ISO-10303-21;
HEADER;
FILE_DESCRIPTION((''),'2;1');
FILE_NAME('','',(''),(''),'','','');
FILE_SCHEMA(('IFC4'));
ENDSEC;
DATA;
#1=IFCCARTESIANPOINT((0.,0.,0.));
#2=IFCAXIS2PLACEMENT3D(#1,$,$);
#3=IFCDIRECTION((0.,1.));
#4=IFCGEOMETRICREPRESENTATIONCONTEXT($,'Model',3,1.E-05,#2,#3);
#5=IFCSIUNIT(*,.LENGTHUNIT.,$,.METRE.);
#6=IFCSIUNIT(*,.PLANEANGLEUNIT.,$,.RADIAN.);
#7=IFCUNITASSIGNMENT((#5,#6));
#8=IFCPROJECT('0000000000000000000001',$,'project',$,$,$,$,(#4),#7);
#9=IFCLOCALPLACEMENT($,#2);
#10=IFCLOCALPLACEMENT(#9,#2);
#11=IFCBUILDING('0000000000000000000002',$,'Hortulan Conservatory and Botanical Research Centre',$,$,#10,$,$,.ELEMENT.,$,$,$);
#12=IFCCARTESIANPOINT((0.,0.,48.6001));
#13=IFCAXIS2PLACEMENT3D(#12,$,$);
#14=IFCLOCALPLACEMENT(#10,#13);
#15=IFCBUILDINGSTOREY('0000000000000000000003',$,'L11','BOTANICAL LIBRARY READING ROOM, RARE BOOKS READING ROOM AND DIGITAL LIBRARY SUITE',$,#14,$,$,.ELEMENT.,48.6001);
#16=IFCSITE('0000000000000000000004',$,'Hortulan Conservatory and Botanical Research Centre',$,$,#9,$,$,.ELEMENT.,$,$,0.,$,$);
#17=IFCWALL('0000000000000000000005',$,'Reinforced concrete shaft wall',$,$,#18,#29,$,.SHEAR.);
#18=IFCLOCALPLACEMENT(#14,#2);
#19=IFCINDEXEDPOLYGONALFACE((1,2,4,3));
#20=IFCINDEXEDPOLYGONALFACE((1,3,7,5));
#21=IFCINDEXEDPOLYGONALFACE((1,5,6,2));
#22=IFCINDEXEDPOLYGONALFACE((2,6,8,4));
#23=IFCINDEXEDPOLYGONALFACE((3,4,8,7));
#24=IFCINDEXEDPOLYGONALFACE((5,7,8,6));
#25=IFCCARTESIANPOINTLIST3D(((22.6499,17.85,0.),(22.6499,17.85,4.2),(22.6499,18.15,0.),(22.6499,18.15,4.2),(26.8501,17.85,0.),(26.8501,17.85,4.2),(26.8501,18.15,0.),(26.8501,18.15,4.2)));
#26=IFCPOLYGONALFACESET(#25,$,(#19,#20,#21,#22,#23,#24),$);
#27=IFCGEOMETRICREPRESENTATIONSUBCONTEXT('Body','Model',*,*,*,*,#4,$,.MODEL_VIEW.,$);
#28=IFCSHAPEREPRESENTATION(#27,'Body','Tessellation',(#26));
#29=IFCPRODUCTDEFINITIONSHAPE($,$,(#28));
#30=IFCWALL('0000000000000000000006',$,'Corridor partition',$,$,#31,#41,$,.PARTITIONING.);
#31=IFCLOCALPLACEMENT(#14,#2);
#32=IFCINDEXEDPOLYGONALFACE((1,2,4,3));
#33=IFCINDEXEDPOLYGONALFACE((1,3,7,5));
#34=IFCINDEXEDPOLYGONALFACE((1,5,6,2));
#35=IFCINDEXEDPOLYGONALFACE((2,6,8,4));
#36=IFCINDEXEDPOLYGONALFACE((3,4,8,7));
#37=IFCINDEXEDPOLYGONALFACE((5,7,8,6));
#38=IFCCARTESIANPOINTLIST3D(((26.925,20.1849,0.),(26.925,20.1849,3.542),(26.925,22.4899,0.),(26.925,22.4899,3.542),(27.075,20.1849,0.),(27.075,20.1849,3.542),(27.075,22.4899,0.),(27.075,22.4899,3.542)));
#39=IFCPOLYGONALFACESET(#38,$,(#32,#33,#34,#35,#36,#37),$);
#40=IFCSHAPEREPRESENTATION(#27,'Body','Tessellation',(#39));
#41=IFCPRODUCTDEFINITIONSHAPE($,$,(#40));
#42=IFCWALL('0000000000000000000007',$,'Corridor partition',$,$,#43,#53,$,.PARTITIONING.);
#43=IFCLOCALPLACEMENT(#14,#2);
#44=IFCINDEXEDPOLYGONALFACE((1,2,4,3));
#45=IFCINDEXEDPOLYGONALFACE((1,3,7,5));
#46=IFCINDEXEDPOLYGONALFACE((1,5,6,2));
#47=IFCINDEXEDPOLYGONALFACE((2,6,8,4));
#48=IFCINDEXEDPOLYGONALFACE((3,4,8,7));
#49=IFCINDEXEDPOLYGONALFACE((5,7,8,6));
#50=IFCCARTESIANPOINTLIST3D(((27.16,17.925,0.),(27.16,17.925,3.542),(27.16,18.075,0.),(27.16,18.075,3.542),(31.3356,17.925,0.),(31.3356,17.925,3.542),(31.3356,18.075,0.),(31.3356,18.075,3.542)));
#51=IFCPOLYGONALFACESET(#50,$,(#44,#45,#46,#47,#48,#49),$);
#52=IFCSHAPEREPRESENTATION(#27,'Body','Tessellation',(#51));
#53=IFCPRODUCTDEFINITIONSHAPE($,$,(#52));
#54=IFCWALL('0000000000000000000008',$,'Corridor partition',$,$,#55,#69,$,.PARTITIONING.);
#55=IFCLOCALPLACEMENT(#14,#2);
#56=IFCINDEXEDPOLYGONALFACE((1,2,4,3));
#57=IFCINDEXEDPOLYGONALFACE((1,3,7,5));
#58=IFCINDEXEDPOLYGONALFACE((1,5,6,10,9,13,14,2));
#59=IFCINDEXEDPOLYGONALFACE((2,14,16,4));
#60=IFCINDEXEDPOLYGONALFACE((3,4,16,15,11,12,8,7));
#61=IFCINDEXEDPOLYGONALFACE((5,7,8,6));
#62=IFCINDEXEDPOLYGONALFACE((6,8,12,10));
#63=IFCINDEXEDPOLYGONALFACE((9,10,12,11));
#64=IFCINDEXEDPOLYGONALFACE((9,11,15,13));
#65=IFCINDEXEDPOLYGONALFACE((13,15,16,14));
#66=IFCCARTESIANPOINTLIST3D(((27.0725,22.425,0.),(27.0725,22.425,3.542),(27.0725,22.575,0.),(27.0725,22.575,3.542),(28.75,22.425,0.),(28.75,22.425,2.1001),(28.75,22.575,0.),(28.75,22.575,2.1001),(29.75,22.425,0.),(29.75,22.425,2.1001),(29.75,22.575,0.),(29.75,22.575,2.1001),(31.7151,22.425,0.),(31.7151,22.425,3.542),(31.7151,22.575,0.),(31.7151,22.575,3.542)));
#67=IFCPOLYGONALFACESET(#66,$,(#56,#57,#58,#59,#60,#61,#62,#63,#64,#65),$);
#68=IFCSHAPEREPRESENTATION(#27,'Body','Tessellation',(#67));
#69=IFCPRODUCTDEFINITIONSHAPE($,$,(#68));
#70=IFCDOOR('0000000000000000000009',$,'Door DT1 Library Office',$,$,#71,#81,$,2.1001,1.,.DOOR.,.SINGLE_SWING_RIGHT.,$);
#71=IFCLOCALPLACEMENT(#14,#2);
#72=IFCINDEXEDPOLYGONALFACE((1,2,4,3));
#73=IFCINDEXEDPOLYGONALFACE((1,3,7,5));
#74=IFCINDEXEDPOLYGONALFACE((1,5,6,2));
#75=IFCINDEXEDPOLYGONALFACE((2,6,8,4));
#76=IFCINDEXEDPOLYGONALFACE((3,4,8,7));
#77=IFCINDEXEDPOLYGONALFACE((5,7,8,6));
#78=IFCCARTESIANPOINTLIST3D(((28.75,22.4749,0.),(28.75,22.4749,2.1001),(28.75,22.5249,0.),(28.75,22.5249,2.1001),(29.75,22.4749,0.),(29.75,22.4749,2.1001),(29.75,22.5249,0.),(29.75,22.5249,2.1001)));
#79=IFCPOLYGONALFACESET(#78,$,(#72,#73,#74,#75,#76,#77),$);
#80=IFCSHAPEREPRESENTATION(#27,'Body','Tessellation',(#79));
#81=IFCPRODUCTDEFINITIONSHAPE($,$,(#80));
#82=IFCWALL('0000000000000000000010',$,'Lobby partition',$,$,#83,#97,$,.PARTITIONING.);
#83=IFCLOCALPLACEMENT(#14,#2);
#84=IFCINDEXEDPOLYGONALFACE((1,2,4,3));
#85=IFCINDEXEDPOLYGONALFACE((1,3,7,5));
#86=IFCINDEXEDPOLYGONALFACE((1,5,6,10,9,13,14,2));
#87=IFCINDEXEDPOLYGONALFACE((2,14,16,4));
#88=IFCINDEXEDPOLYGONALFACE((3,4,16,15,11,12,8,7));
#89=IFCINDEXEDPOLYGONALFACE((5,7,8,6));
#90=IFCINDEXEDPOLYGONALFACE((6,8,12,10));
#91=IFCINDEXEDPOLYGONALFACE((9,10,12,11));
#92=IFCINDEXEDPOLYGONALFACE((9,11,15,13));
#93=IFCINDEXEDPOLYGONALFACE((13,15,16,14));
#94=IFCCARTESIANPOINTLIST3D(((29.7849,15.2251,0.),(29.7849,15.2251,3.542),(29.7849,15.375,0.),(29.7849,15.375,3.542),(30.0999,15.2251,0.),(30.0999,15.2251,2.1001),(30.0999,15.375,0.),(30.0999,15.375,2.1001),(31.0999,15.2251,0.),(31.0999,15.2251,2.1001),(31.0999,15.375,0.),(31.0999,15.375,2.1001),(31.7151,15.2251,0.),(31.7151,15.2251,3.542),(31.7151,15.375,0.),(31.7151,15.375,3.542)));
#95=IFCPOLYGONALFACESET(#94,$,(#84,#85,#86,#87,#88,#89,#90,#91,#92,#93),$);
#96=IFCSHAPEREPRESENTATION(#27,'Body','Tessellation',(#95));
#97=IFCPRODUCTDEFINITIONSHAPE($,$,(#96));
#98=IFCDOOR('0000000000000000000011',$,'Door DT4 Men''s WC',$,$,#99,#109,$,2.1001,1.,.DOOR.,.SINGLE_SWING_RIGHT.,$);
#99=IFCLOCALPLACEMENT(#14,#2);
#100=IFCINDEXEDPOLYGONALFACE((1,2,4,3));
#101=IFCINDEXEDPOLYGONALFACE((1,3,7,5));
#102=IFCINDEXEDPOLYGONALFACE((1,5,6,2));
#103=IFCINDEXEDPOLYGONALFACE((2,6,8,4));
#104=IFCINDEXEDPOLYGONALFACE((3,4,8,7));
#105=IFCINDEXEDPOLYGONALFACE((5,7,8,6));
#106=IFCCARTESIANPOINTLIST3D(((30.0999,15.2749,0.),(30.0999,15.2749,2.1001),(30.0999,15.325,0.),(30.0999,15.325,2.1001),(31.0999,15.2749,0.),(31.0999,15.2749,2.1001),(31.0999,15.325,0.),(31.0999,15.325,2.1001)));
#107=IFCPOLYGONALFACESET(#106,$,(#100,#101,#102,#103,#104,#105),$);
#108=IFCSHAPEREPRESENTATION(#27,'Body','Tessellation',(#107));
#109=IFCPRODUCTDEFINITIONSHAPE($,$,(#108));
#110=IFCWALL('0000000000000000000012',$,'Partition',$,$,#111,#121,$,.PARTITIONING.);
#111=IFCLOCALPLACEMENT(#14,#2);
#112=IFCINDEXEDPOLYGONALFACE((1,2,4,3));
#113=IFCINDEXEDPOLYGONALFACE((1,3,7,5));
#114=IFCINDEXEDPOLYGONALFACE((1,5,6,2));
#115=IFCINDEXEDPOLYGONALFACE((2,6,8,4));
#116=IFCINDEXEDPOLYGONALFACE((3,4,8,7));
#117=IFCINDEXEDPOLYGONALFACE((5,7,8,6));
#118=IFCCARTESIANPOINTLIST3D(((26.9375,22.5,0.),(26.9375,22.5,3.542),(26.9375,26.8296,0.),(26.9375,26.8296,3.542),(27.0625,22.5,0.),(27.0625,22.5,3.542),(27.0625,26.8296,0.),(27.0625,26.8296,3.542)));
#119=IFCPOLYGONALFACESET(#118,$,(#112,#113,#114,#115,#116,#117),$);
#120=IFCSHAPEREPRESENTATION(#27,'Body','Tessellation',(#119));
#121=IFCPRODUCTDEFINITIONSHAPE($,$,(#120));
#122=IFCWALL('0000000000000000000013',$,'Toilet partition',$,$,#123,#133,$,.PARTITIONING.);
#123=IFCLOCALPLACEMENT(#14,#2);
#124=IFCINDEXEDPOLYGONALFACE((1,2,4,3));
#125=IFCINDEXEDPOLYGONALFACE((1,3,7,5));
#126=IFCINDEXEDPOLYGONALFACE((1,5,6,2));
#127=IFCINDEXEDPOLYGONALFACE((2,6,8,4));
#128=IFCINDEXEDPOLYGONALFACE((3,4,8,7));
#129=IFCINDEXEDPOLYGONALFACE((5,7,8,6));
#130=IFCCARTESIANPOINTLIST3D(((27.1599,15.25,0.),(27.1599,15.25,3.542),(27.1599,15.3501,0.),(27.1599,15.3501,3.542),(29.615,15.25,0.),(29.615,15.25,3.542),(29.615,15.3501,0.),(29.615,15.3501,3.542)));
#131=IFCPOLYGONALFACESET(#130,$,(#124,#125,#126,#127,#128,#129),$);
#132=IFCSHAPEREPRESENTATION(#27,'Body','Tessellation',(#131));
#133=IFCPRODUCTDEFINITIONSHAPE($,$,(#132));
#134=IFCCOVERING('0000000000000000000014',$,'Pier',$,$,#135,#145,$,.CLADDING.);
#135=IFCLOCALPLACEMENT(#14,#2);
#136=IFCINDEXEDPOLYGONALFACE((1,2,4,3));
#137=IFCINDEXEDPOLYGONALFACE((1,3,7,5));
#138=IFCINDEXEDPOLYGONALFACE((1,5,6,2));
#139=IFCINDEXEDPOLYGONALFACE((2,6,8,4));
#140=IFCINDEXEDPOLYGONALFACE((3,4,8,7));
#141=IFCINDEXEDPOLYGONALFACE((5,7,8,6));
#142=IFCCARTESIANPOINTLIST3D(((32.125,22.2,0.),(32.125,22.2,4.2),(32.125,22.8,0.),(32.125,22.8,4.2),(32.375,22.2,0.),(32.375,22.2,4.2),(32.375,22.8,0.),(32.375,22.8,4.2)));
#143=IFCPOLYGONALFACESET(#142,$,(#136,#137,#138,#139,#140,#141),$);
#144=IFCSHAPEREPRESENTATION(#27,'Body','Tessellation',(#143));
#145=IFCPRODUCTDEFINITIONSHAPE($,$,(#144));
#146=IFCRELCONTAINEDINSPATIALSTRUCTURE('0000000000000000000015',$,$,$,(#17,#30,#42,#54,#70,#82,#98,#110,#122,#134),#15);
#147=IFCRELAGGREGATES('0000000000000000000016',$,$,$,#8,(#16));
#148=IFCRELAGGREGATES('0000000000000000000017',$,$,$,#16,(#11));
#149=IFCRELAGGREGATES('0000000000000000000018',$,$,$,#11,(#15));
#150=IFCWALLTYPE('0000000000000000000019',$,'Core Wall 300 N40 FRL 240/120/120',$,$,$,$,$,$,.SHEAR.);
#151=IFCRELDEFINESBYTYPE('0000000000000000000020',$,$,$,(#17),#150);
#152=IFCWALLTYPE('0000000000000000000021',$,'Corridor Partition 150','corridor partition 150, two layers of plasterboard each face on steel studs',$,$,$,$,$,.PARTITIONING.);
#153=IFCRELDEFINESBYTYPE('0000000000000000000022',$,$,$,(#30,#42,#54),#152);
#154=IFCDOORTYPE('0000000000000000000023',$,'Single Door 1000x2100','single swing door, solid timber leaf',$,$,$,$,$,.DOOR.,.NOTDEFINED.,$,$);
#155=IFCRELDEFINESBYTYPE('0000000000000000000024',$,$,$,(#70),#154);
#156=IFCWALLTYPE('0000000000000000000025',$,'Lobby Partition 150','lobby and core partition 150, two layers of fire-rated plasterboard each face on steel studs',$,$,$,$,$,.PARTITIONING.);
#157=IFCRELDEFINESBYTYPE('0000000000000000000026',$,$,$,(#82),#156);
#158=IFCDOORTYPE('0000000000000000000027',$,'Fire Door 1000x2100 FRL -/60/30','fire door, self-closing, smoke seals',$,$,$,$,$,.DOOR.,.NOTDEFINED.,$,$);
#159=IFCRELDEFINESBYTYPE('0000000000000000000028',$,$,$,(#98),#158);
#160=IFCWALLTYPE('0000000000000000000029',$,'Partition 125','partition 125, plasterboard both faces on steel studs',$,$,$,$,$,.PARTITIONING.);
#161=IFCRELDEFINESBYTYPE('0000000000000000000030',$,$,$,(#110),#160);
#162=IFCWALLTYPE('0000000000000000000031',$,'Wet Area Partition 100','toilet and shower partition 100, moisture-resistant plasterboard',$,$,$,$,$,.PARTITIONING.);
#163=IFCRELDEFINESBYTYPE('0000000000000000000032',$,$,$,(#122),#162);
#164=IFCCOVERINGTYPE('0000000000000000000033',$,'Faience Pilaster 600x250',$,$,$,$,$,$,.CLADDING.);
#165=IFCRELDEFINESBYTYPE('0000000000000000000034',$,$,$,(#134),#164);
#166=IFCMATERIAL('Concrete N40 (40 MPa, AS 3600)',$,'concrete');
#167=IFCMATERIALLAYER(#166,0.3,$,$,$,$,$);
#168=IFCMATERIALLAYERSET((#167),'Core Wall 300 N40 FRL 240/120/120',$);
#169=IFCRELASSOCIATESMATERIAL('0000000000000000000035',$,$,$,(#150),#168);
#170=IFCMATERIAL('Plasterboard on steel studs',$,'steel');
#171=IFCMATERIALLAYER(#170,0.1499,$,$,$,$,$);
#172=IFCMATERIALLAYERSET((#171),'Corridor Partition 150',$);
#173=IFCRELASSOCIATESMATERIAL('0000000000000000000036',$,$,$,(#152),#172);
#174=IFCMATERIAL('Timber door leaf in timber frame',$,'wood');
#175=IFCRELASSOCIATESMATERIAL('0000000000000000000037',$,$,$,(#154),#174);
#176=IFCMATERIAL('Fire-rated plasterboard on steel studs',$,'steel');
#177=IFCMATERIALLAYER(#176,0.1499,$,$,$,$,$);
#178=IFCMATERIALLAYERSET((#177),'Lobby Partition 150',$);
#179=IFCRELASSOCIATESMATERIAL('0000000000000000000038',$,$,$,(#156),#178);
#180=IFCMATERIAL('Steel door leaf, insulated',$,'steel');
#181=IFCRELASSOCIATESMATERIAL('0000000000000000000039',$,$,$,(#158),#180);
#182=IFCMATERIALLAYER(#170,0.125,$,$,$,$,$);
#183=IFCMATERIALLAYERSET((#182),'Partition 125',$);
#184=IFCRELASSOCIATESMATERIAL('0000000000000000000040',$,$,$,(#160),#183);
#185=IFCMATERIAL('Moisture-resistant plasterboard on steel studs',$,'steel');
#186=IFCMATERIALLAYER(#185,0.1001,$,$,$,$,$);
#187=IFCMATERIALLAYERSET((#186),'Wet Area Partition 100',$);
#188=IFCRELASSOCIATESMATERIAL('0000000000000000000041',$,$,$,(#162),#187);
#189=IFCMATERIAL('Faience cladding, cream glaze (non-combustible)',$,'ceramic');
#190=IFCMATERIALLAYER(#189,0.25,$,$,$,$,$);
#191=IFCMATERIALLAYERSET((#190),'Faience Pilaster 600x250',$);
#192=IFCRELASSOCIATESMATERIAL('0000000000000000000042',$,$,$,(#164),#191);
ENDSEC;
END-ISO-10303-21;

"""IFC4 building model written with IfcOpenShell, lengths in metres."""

from ifc_helpers import new_model, si_unit, direction, frame, frame_2d, origin, origin_2d, place, context, subcontext, project, spatial, rectangle, extrude, material, layer, layer_set, type_object, element, fill, save


model = new_model("IFC4")

# Units and contexts
model_context = context("Model", 3, precision=1e-05, world=origin(), true_north=direction((0.0, 1.0)))
body_context = subcontext(model_context, "Body", "Model", "MODEL_VIEW")
ifc_project = project(units=[si_unit("LENGTHUNIT", "METRE"), si_unit("PLANEANGLEUNIT", "RADIAN")], contexts=[model_context])

# Site, building, storey
site_placement = place(None, origin())
site = spatial("IfcSite", under=ifc_project, at=site_placement, Name="Hortulan Conservatory and Botanical Research Centre", CompositionType="ELEMENT", RefElevation=0.0)
building_placement = place(site_placement, origin())
building = spatial("IfcBuilding", under=site, at=building_placement, Name="Hortulan Conservatory and Botanical Research Centre", CompositionType="ELEMENT")
storey_placement = place(building_placement, frame((0.0, 0.0, 48.6001)))
storey = spatial("IfcBuildingStorey", under=building, at=storey_placement, Name="L11", Description="BOTANICAL LIBRARY READING ROOM, RARE BOOKS READING ROOM AND DIGITAL LIBRARY SUITE", CompositionType="ELEMENT", Elevation=48.6001)

# Walls
ifc_material_1 = material(Name="Concrete N40 (40 MPa, AS 3600)", Category="concrete")
ifc_layer_1 = layer(ifc_material_1, 0.3)
ifc_layer_set_1 = layer_set([ifc_layer_1], Name="Core Wall 300 N40 FRL 240/120/120")
wall_type_1 = type_object("IfcWallType", Name="Core Wall 300 N40 FRL 240/120/120", PredefinedType="SHEAR", material=ifc_layer_set_1)
wall_1_placement = place(storey_placement, frame((22.6499, 18.0, 0.0), z_axis=(0.0, 0.0, 1.0), x_axis=(1.0, 0.0, 0.0)))
element("IfcWall", 1, at=wall_1_placement, inside=storey, type_object=wall_type_1, Name="Reinforced concrete shaft wall", PredefinedType="SHEAR", context=body_context, shape_type="SweptSolid", body=[
    extrude(rectangle(XDim=4.2002, YDim=0.3, at=frame_2d((2.1001, 0.0))), origin(), (0.0, 0.0, 1.0), 4.2),
])
ifc_material_2 = material(Name="Plasterboard on steel studs", Category="steel")
ifc_layer_2 = layer(ifc_material_2, 0.1499)
ifc_layer_set_2 = layer_set([ifc_layer_2], Name="Corridor Partition 150")
wall_type_2 = type_object("IfcWallType", Name="Corridor Partition 150", Description="corridor partition 150, two layers of plasterboard each face on steel studs", PredefinedType="PARTITIONING", material=ifc_layer_set_2)
wall_2_placement = place(storey_placement, frame((27.0, 20.1851, 0.0), z_axis=(0.0, 0.0, 1.0), x_axis=(0.0, 1.0, 0.0)))
element("IfcWall", 2, at=wall_2_placement, inside=storey, type_object=wall_type_2, Name="Corridor partition", PredefinedType="PARTITIONING", context=body_context, shape_type="SweptSolid", body=[
    extrude(rectangle(XDim=2.3049, YDim=0.1499, at=frame_2d((1.1523, 0.0))), origin(), (0.0, 0.0, 1.0), 3.542),
])
wall_3_placement = place(storey_placement, frame((27.1599, 18.0, 0.0), z_axis=(0.0, 0.0, 1.0), x_axis=(1.0, 0.0, 0.0)))
element("IfcWall", 3, at=wall_3_placement, inside=storey, type_object=wall_type_2, Name="Corridor partition", PredefinedType="PARTITIONING", context=body_context, shape_type="SweptSolid", body=[
    extrude(rectangle(XDim=4.1755, YDim=0.1499, at=frame_2d((2.0879, 0.0))), origin(), (0.0, 0.0, 1.0), 3.542),
])

# Walls, openings, doors
wall_4_placement = place(storey_placement, frame((27.0725, 22.5, 0.0), z_axis=(0.0, 0.0, 1.0), x_axis=(1.0, 0.0, 0.0)))
wall_4 = element("IfcWall", 4, at=wall_4_placement, inside=storey, type_object=wall_type_2, Name="Corridor partition", PredefinedType="PARTITIONING", context=body_context, shape_type="SweptSolid", body=[
    extrude(rectangle(XDim=4.6426, YDim=0.1499, at=frame_2d((2.3213, 0.0))), origin(), (0.0, 0.0, 1.0), 3.542),
])
opening_1_placement = place(wall_4_placement, frame((1.6775, 0.0, 0.0)))
opening_1 = element("IfcOpeningElement", 5, at=opening_1_placement, cuts=wall_4, PredefinedType="OPENING", context=body_context, shape_type="SweptSolid", body=[
    extrude(rectangle(XDim=1.0, YDim=2.1001, at=frame_2d((0.5, 1.05))), frame((0.0, 0.085, 0.0), z_axis=(0.0, -1.0, 0.0), x_axis=(1.0, 0.0, 0.0)), (0.0, 0.0, 1.0), 0.1699),
])
ifc_material_3 = material(Name="Timber door leaf in timber frame", Category="wood")
door_type_1 = type_object("IfcDoorType", Name="Single Door 1000x2100", Description="single swing door, solid timber leaf", OperationType="NOTDEFINED", PredefinedType="DOOR", material=ifc_material_3)
door_1_placement = place(opening_1_placement, origin())
door_1 = element("IfcDoor", 6, at=door_1_placement, inside=storey, type_object=door_type_1, Name="Door DT1 Library Office", OperationType="SINGLE_SWING_RIGHT", OverallHeight=2.1001, OverallWidth=1.0, PredefinedType="DOOR", context=body_context, shape_type="SweptSolid", body=[
    extrude(rectangle(XDim=1.0, YDim=2.1001, at=frame_2d((0.5, 1.05))), frame((0.0, 0.0249, 0.0), z_axis=(0.0, -1.0, 0.0), x_axis=(1.0, 0.0, 0.0)), (0.0, 0.0, 1.0), 0.05),
])
fill(opening_1, door_1)
ifc_material_4 = material(Name="Fire-rated plasterboard on steel studs", Category="steel")
ifc_layer_3 = layer(ifc_material_4, 0.1499)
ifc_layer_set_3 = layer_set([ifc_layer_3], Name="Lobby Partition 150")
wall_type_3 = type_object("IfcWallType", Name="Lobby Partition 150", Description="lobby and core partition 150, two layers of fire-rated plasterboard each face on steel studs", PredefinedType="PARTITIONING", material=ifc_layer_set_3)
wall_5_placement = place(storey_placement, frame((29.7849, 15.3, 0.0), z_axis=(0.0, 0.0, 1.0), x_axis=(1.0, 0.0, 0.0)))
wall_5 = element("IfcWall", 7, at=wall_5_placement, inside=storey, type_object=wall_type_3, Name="Lobby partition", PredefinedType="PARTITIONING", context=body_context, shape_type="SweptSolid", body=[
    extrude(rectangle(XDim=1.9302, YDim=0.1499, at=frame_2d((0.9651, 0.0))), origin(), (0.0, 0.0, 1.0), 3.542),
])
opening_2_placement = place(wall_5_placement, frame((0.3149, 0.0, 0.0)))
opening_2 = element("IfcOpeningElement", 8, at=opening_2_placement, cuts=wall_5, PredefinedType="OPENING", context=body_context, shape_type="SweptSolid", body=[
    extrude(rectangle(XDim=1.0, YDim=2.1001, at=frame_2d((0.5, 1.05))), frame((0.0, 0.085, 0.0), z_axis=(0.0, -1.0, 0.0), x_axis=(1.0, 0.0, 0.0)), (0.0, 0.0, 1.0), 0.1699),
])
ifc_material_5 = material(Name="Steel door leaf, insulated", Category="steel")
door_type_2 = type_object("IfcDoorType", Name="Fire Door 1000x2100 FRL -/60/30", Description="fire door, self-closing, smoke seals", OperationType="NOTDEFINED", PredefinedType="DOOR", material=ifc_material_5)
door_2_placement = place(opening_2_placement, origin())
door_2 = element("IfcDoor", 9, at=door_2_placement, inside=storey, type_object=door_type_2, Name="Door DT4 Men's WC", OperationType="SINGLE_SWING_RIGHT", OverallHeight=2.1001, OverallWidth=1.0, PredefinedType="DOOR", context=body_context, shape_type="SweptSolid", body=[
    extrude(rectangle(XDim=1.0, YDim=2.1001, at=frame_2d((0.5, 1.05))), frame((0.0, 0.0249, 0.0), z_axis=(0.0, -1.0, 0.0), x_axis=(1.0, 0.0, 0.0)), (0.0, 0.0, 1.0), 0.05),
])
fill(opening_2, door_2)

# Walls
ifc_layer_4 = layer(ifc_material_2, 0.125)
ifc_layer_set_4 = layer_set([ifc_layer_4], Name="Partition 125")
wall_type_4 = type_object("IfcWallType", Name="Partition 125", Description="partition 125, plasterboard both faces on steel studs", PredefinedType="PARTITIONING", material=ifc_layer_set_4)
wall_6_placement = place(storey_placement, frame((27.0, 22.5, 0.0), z_axis=(0.0, 0.0, 1.0), x_axis=(0.0, 1.0, 0.0)))
element("IfcWall", 10, at=wall_6_placement, inside=storey, type_object=wall_type_4, Name="Partition", PredefinedType="PARTITIONING", context=body_context, shape_type="SweptSolid", body=[
    extrude(rectangle(XDim=4.3296, YDim=0.125, at=frame_2d((2.1648, 0.0))), origin(), (0.0, 0.0, 1.0), 3.542),
])
ifc_material_6 = material(Name="Moisture-resistant plasterboard on steel studs", Category="steel")
ifc_layer_5 = layer(ifc_material_6, 0.1001)
ifc_layer_set_5 = layer_set([ifc_layer_5], Name="Wet Area Partition 100")
wall_type_5 = type_object("IfcWallType", Name="Wet Area Partition 100", Description="toilet and shower partition 100, moisture-resistant plasterboard", PredefinedType="PARTITIONING", material=ifc_layer_set_5)
wall_7_placement = place(storey_placement, frame((27.1599, 15.3, 0.0), z_axis=(0.0, 0.0, 1.0), x_axis=(1.0, 0.0, 0.0)))
element("IfcWall", 11, at=wall_7_placement, inside=storey, type_object=wall_type_5, Name="Toilet partition", PredefinedType="PARTITIONING", context=body_context, shape_type="SweptSolid", body=[
    extrude(rectangle(XDim=2.4551, YDim=0.1001, at=frame_2d((1.2275, 0.0))), origin(), (0.0, 0.0, 1.0), 3.542),
])

# Covering
ifc_material_7 = material(Name="Faience cladding, cream glaze (non-combustible)", Category="ceramic")
ifc_layer_6 = layer(ifc_material_7, 0.25)
ifc_layer_set_6 = layer_set([ifc_layer_6], Name="Faience Pilaster 600x250")
covering_type = type_object("IfcCoveringType", Name="Faience Pilaster 600x250", PredefinedType="CLADDING", material=ifc_layer_set_6)
covering_placement = place(storey_placement, frame((32.25, 22.5, 0.0), z_axis=(0.0, 0.0, 1.0), x_axis=(0.0, 1.0, 0.0)))
element("IfcCovering", 12, at=covering_placement, inside=storey, type_object=covering_type, Name="Pier", PredefinedType="CLADDING", context=body_context, shape_type="SweptSolid", body=[
    extrude(rectangle(XDim=0.6001, YDim=0.25, at=origin_2d()), origin(), (0.0, 0.0, 1.0), 4.2),
])

save(model, "model.ifc")
